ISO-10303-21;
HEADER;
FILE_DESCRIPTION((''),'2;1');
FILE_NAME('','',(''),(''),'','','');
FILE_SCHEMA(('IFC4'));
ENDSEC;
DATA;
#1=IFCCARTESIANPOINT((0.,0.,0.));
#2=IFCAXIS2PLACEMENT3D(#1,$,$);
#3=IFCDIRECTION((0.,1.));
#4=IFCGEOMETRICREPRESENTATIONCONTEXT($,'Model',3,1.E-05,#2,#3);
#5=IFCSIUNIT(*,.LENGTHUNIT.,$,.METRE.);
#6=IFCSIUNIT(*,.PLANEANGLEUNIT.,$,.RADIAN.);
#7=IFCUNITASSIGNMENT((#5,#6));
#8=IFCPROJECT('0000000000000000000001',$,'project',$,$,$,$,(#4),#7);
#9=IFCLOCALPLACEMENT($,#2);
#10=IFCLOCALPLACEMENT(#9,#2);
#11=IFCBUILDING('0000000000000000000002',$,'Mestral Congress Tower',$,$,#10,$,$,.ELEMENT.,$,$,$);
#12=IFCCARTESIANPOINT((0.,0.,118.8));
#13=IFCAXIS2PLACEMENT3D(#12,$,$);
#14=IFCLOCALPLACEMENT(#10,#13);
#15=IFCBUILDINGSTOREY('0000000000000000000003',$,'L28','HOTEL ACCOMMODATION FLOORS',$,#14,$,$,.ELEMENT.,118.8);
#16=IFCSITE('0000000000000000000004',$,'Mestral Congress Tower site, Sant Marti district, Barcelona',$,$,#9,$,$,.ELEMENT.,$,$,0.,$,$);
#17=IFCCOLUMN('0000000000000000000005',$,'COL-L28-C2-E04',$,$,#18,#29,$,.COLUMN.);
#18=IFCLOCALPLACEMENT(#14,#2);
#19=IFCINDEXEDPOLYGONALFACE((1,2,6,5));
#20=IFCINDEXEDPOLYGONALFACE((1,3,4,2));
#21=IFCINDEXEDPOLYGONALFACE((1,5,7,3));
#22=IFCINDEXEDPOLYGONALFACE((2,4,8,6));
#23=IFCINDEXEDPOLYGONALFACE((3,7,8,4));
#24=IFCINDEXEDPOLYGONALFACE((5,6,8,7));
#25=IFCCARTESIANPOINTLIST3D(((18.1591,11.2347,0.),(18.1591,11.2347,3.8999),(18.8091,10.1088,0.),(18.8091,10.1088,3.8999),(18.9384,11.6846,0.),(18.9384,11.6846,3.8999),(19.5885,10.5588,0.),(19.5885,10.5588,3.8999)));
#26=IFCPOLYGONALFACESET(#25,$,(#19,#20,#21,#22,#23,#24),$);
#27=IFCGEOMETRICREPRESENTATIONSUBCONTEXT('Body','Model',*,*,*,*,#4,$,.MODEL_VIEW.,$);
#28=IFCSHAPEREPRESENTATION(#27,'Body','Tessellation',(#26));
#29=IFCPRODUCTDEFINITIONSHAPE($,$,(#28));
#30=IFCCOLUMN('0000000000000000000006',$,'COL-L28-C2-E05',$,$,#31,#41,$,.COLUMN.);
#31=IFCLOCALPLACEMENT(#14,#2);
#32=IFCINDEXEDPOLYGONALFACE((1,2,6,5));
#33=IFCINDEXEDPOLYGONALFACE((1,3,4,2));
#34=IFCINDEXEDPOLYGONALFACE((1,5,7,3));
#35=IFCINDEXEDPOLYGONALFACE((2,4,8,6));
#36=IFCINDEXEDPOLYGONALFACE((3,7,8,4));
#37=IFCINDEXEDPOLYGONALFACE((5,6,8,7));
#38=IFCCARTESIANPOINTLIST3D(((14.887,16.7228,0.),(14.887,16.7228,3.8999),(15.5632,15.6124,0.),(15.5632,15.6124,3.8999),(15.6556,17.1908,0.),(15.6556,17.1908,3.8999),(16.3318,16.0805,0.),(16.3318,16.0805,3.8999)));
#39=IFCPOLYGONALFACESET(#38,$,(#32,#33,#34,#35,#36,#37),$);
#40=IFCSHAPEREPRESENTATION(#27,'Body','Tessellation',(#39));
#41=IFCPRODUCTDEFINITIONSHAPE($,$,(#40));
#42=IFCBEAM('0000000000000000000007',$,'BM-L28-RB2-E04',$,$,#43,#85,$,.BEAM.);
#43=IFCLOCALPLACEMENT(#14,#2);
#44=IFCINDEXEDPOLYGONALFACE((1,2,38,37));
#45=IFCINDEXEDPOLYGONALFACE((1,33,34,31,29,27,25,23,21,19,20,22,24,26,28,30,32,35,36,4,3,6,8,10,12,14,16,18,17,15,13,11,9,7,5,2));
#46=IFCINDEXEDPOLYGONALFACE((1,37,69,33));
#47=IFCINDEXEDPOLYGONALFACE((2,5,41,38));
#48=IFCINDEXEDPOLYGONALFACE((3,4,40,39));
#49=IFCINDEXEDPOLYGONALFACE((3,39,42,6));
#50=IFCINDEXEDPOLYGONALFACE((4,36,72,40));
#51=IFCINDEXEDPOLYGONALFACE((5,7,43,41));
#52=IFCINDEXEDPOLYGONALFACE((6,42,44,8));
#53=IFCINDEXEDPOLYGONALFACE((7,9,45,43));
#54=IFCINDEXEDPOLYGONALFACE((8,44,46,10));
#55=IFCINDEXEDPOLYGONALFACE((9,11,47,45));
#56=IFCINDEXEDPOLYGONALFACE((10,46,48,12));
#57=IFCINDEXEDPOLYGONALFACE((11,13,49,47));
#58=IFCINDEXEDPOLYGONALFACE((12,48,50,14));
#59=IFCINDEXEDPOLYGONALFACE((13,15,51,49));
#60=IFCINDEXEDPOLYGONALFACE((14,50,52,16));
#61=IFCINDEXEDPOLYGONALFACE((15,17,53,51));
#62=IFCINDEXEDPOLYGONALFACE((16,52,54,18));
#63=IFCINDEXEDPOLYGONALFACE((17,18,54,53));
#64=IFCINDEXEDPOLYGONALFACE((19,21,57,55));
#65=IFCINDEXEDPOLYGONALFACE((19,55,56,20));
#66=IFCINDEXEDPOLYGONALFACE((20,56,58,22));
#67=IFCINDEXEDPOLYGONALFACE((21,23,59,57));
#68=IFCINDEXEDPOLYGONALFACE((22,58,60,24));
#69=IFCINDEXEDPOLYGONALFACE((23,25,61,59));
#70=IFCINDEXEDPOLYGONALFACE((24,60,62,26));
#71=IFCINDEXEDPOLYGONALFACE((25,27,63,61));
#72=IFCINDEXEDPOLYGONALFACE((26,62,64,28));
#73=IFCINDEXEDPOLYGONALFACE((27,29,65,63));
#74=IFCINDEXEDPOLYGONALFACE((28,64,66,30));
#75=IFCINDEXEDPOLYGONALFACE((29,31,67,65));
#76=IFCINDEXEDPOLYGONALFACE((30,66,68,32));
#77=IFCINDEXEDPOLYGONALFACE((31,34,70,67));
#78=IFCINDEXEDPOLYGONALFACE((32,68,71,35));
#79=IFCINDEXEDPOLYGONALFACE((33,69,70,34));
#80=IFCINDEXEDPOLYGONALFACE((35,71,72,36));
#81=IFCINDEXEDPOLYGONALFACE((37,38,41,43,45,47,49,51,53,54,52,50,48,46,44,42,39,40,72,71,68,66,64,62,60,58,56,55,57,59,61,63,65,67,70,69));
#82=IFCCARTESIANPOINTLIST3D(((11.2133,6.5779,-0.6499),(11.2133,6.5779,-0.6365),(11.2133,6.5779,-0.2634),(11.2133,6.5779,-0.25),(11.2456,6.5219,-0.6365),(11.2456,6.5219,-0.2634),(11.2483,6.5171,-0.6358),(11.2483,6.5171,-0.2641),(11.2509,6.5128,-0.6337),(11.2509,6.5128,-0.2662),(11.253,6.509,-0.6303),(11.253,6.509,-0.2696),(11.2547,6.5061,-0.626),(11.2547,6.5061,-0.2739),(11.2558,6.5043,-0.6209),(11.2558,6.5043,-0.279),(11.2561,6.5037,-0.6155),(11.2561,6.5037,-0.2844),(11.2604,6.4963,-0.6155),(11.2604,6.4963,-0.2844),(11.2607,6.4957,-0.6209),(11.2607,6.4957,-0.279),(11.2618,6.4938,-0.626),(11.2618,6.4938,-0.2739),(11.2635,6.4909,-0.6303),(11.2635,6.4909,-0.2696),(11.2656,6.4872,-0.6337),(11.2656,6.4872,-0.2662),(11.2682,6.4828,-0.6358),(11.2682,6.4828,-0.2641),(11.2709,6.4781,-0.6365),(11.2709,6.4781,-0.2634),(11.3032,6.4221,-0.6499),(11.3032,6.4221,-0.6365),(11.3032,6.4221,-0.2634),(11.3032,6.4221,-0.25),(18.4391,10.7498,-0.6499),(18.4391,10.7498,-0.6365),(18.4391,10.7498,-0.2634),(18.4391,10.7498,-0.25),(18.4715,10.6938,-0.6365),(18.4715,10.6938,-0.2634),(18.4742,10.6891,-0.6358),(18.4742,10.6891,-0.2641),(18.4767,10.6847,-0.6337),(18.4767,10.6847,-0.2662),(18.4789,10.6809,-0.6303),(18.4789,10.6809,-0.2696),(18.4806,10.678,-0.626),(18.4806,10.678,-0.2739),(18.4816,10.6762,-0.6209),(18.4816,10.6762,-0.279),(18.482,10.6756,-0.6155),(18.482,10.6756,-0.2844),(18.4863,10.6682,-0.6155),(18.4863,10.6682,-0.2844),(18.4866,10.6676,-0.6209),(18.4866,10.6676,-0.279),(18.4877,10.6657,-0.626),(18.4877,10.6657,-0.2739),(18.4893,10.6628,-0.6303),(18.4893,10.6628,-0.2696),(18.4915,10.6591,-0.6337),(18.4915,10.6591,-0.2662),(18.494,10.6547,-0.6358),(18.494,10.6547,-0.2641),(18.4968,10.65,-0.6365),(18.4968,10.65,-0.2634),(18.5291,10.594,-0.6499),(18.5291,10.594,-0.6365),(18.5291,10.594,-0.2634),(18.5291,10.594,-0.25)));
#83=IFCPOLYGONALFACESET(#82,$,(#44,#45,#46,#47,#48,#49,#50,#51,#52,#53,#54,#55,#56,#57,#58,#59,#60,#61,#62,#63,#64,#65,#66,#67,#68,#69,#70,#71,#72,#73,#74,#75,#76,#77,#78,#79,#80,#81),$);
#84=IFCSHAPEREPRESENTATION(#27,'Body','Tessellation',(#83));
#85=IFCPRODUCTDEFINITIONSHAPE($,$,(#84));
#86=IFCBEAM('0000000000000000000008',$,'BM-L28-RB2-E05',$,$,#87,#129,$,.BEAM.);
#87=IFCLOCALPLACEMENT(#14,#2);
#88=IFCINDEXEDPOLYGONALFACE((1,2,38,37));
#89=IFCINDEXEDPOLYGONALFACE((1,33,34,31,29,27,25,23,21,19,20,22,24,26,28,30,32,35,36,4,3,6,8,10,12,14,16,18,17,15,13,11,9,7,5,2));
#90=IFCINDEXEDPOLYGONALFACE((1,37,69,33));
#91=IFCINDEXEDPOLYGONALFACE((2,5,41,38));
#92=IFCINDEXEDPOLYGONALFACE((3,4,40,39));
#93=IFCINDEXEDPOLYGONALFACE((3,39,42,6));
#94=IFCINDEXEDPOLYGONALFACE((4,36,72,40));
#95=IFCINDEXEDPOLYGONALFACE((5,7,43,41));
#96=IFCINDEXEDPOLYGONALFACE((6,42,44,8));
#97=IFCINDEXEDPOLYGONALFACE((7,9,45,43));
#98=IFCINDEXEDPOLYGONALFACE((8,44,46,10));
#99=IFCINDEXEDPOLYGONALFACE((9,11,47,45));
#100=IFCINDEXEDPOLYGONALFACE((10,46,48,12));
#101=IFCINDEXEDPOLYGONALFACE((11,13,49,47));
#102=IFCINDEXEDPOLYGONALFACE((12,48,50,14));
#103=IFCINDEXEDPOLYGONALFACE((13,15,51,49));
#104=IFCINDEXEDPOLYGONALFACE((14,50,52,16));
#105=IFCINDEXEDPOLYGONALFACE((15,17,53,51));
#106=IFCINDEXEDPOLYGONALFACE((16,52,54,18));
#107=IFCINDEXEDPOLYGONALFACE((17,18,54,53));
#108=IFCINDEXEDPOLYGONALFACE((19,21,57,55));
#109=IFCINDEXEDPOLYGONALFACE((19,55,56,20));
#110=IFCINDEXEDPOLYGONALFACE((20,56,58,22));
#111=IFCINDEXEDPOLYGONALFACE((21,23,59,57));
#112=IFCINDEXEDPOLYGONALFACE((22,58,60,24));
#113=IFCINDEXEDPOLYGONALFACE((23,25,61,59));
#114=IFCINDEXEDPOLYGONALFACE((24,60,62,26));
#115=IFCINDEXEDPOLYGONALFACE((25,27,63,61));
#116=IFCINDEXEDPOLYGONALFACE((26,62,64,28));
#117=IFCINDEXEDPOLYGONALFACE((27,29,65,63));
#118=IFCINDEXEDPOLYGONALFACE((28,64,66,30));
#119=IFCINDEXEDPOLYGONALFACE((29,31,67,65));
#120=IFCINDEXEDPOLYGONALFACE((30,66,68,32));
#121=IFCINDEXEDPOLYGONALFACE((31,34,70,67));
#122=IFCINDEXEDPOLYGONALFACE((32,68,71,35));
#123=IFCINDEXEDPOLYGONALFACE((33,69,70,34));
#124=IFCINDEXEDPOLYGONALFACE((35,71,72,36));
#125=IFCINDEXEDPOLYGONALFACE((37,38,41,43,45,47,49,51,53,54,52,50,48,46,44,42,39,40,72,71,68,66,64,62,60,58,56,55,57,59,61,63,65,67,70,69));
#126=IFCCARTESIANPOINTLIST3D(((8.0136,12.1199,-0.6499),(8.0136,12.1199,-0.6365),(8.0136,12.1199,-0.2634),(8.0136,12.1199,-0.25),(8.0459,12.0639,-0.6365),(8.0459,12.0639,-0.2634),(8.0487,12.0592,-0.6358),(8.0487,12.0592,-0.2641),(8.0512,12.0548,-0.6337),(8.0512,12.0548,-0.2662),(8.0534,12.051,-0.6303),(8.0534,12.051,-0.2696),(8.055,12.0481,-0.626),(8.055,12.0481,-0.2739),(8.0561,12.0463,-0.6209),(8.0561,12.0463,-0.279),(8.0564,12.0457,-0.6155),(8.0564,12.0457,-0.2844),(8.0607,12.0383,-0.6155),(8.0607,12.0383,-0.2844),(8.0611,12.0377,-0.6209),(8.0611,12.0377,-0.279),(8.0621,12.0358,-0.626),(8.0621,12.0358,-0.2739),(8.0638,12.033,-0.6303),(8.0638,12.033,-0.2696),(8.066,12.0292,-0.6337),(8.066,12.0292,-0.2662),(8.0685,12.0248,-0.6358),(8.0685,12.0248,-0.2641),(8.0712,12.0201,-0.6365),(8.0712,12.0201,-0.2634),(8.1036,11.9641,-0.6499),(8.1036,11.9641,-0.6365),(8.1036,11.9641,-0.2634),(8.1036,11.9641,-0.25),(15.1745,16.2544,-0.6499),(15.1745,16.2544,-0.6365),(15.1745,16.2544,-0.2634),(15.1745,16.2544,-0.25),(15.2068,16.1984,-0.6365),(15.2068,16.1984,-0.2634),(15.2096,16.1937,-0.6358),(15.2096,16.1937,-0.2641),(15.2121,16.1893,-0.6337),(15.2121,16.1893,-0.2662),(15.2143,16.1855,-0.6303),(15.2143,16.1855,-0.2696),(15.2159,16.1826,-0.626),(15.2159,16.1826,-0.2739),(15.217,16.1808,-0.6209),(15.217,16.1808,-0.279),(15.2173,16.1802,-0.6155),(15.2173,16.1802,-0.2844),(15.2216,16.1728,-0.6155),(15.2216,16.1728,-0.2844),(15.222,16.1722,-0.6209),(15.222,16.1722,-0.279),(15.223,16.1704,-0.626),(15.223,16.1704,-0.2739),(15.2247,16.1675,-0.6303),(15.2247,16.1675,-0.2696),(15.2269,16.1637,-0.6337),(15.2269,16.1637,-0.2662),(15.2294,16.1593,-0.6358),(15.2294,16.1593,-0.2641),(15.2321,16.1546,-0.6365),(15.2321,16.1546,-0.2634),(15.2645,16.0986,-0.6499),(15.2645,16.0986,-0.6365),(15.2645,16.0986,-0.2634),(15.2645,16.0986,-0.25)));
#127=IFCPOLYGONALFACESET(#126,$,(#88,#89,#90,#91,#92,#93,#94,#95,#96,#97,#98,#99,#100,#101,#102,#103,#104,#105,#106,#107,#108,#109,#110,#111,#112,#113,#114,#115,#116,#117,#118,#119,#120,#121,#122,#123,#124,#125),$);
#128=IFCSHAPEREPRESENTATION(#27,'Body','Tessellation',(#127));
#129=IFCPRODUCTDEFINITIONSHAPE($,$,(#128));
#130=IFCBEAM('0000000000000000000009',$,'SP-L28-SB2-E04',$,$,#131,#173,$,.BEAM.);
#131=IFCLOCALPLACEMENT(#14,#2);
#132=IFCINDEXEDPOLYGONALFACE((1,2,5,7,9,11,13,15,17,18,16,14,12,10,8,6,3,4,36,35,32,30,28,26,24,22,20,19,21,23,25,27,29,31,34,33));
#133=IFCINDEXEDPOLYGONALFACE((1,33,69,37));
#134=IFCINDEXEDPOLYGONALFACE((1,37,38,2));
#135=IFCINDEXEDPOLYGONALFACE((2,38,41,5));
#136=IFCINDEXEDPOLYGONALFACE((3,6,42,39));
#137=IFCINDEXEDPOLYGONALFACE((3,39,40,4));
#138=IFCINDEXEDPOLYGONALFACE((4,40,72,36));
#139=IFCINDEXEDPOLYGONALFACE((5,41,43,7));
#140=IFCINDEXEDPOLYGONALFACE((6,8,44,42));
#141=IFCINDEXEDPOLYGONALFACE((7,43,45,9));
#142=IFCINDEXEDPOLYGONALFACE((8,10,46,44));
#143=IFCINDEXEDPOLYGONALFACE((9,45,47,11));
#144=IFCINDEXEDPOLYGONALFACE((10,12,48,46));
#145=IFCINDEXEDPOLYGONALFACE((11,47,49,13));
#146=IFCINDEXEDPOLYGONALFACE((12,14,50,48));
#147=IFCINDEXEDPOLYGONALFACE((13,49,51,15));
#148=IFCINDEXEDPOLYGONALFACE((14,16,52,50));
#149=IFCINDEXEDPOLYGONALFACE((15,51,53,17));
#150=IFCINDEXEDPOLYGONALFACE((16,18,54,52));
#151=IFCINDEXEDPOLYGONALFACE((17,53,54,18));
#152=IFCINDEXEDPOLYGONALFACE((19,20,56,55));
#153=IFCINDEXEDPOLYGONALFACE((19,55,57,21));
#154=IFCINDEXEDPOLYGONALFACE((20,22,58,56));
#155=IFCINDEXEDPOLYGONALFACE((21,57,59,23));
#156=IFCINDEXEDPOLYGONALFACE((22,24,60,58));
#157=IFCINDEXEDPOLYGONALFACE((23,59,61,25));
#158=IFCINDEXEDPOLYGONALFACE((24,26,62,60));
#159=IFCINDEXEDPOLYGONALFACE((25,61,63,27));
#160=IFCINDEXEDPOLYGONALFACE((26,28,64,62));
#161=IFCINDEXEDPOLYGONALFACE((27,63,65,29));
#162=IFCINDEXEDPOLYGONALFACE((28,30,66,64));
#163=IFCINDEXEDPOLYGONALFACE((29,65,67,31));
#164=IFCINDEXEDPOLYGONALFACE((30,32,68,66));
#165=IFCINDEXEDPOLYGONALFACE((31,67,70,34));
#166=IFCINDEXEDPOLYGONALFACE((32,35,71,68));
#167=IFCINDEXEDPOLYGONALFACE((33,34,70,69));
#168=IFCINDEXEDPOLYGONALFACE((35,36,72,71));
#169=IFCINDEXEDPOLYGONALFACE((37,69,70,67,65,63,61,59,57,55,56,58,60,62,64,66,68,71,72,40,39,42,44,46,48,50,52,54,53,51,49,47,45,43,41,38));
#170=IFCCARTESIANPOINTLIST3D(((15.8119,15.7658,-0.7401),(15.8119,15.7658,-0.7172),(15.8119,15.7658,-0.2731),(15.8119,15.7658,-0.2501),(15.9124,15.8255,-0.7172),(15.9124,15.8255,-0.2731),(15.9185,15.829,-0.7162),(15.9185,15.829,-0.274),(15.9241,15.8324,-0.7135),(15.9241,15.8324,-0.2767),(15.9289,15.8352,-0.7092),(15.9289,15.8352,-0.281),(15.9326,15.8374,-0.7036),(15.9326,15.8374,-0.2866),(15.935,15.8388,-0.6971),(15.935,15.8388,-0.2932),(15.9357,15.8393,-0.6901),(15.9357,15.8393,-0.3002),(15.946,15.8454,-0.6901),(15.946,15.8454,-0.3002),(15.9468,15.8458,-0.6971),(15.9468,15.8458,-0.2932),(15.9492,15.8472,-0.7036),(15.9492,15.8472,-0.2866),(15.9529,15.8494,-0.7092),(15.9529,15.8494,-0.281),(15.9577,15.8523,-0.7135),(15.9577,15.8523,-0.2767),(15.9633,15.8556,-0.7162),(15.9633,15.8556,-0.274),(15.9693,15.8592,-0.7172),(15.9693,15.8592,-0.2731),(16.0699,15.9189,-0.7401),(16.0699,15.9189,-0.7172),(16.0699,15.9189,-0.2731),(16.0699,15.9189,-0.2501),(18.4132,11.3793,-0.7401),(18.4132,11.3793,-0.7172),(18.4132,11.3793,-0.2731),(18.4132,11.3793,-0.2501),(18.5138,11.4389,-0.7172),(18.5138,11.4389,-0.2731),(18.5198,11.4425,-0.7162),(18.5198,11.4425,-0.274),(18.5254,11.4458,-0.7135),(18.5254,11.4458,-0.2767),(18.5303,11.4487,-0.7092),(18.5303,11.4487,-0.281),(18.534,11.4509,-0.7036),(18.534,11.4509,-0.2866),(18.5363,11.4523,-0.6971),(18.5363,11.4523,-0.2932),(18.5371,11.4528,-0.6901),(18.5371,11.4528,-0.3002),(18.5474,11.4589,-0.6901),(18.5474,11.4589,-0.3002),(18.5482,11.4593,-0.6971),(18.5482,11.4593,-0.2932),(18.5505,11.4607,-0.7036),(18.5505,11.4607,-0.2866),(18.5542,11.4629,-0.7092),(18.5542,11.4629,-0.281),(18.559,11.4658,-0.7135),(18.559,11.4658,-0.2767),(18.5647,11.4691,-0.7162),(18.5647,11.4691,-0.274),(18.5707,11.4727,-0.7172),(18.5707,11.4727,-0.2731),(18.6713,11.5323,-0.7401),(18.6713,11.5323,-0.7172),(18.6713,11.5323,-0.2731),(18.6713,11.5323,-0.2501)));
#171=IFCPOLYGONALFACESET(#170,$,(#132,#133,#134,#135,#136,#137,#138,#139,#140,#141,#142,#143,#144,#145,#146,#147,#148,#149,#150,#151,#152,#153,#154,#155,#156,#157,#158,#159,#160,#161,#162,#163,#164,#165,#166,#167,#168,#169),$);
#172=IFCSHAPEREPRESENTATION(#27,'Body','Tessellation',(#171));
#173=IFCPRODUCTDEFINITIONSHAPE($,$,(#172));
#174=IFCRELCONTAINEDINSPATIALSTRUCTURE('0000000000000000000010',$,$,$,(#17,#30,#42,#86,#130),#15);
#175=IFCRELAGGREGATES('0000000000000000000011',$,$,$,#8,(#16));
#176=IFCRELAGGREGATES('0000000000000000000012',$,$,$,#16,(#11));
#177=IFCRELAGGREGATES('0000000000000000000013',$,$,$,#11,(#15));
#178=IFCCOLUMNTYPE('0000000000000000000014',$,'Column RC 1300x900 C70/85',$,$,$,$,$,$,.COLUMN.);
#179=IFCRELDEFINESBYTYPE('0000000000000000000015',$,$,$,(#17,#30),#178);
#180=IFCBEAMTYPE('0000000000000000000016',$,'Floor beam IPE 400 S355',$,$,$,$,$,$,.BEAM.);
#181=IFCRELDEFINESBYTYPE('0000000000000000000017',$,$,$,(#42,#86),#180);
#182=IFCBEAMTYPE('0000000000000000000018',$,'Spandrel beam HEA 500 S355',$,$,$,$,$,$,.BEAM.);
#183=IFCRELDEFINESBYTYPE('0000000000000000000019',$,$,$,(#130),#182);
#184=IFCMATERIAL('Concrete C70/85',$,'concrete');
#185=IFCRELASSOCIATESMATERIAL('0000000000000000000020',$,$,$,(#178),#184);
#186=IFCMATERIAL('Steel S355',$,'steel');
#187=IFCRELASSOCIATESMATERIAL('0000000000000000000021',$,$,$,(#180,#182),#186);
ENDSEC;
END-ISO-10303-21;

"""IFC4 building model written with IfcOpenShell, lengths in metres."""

from ifc_helpers import new_model, si_unit, direction, frame, origin, origin_2d, place, context, subcontext, project, spatial, rectangle, i_section, extrude, material, material_profile, profile_set, type_object, element, save


model = new_model("IFC4")

# Units and contexts
model_context = context("Model", 3, precision=1e-05, world=origin(), true_north=direction((0.0, 1.0)))
body_context = subcontext(model_context, "Body", "Model", "MODEL_VIEW")
ifc_project = project(units=[si_unit("LENGTHUNIT", "METRE"), si_unit("PLANEANGLEUNIT", "RADIAN")], contexts=[model_context])

# Site, building, storey
site_placement = place(None, origin())
site = spatial("IfcSite", under=ifc_project, at=site_placement, Name="Mestral Congress Tower site, Sant Marti district, Barcelona", CompositionType="ELEMENT", RefElevation=0.0)
building_placement = place(site_placement, origin())
building = spatial("IfcBuilding", under=site, at=building_placement, Name="Mestral Congress Tower", CompositionType="ELEMENT")
storey_placement = place(building_placement, frame((0.0, 0.0, 118.8)))
storey = spatial("IfcBuildingStorey", under=building, at=storey_placement, Name="L28", Description="HOTEL ACCOMMODATION FLOORS", CompositionType="ELEMENT", Elevation=118.8)

# Columns
ifc_material_1 = material(Name="Concrete C70/85", Category="concrete")
ifc_material_profile_1 = material_profile(ifc_material_1, rectangle(XDim=1.3, YDim=0.8999, at=origin_2d()), Name="RC 1300x900")
ifc_profile_set_1 = profile_set([ifc_material_profile_1], Name="Concrete C70/85")
column_type = type_object("IfcColumnType", Name="Column RC 1300x900 C70/85", PredefinedType="COLUMN", material=ifc_profile_set_1)
for number, where, z_axis, x_axis, name in (
    (1, (18.8738, 10.8967, 0.0), (0.0, 0.0, 1.0), (-0.5, 0.866025, 0.0), "COL-L28-C2-E04"),
    (2, (15.6094, 16.4016, 0.0), (0.0, 0.0, 1.0), (-0.520114, 0.854097, 0.0), "COL-L28-C2-E05"),
):
    element("IfcColumn", number, at=place(storey_placement, frame(where, z_axis=z_axis, x_axis=x_axis)), inside=storey, type_object=column_type, Name=name, PredefinedType="COLUMN", context=body_context, shape_type="SweptSolid", body=[
        extrude(rectangle(XDim=1.3, YDim=0.8999, at=origin_2d()), origin(), (0.0, 0.0, 1.0), 3.8999),
    ])

# Beams
ifc_material_2 = material(Name="Steel S355", Category="steel")
ifc_material_profile_2 = material_profile(ifc_material_2, i_section(OverallWidth=0.1799, OverallDepth=0.3999, WebThickness=0.0085, FlangeThickness=0.0134, FilletRadius=0.021, at=origin_2d()), Name="IPE 400")
ifc_profile_set_2 = profile_set([ifc_material_profile_2], Name="Steel S355")
beam_type_1 = type_object("IfcBeamType", Name="Floor beam IPE 400 S355", PredefinedType="BEAM", material=ifc_profile_set_2)
beam_1_placement = place(storey_placement, frame((18.4841, 10.6719, -0.45), z_axis=(-0.866023, -0.500004, 0.0), x_axis=(0.500004, -0.866023, 0.0)))
element("IfcBeam", 3, at=beam_1_placement, inside=storey, type_object=beam_type_1, Name="BM-L28-RB2-E04", PredefinedType="BEAM", context=body_context, shape_type="SweptSolid", body=[
    extrude(i_section(OverallWidth=0.1799, OverallDepth=0.3999, WebThickness=0.0085, FlangeThickness=0.0134, FilletRadius=0.021, at=origin_2d()), origin(), (0.0, 0.0, 1.0), 8.3438),
])
beam_2_placement = place(storey_placement, frame((15.2195, 16.1765, -0.45), z_axis=(-0.866016, -0.500016, 0.0), x_axis=(0.500016, -0.866016, 0.0)))
element("IfcBeam", 4, at=beam_2_placement, inside=storey, type_object=beam_type_1, Name="BM-L28-RB2-E05", PredefinedType="BEAM", context=body_context, shape_type="SweptSolid", body=[
    extrude(i_section(OverallWidth=0.1799, OverallDepth=0.3999, WebThickness=0.0085, FlangeThickness=0.0134, FilletRadius=0.021, at=origin_2d()), origin(), (0.0, 0.0, 1.0), 8.2688),
])
ifc_material_profile_3 = material_profile(ifc_material_2, i_section(OverallWidth=0.3, OverallDepth=0.49, WebThickness=0.012, FlangeThickness=0.0229, FilletRadius=0.0271, at=origin_2d()), Name="HEA 500")
ifc_profile_set_3 = profile_set([ifc_material_profile_3], Name="Steel S355")
beam_type_2 = type_object("IfcBeamType", Name="Spandrel beam HEA 500 S355", PredefinedType="BEAM", material=ifc_profile_set_3)
for number, where, z_axis, x_axis, name in (
    (5, (18.5422, 11.4558, -0.4951), (-0.510082, 0.860126, 0.0), (-0.860126, -0.510082, 0.0), "SP-L28-SB2-E04"),
):
    element("IfcBeam", number, at=place(storey_placement, frame(where, z_axis=z_axis, x_axis=x_axis)), inside=storey, type_object=beam_type_2, Name=name, PredefinedType="BEAM", context=body_context, shape_type="SweptSolid", body=[
        extrude(i_section(OverallWidth=0.3, OverallDepth=0.49, WebThickness=0.012, FlangeThickness=0.0229, FilletRadius=0.0271, at=origin_2d()), origin(), (0.0, 0.0, 1.0), 5.0999),
    ])

save(model, "model.ifc")
